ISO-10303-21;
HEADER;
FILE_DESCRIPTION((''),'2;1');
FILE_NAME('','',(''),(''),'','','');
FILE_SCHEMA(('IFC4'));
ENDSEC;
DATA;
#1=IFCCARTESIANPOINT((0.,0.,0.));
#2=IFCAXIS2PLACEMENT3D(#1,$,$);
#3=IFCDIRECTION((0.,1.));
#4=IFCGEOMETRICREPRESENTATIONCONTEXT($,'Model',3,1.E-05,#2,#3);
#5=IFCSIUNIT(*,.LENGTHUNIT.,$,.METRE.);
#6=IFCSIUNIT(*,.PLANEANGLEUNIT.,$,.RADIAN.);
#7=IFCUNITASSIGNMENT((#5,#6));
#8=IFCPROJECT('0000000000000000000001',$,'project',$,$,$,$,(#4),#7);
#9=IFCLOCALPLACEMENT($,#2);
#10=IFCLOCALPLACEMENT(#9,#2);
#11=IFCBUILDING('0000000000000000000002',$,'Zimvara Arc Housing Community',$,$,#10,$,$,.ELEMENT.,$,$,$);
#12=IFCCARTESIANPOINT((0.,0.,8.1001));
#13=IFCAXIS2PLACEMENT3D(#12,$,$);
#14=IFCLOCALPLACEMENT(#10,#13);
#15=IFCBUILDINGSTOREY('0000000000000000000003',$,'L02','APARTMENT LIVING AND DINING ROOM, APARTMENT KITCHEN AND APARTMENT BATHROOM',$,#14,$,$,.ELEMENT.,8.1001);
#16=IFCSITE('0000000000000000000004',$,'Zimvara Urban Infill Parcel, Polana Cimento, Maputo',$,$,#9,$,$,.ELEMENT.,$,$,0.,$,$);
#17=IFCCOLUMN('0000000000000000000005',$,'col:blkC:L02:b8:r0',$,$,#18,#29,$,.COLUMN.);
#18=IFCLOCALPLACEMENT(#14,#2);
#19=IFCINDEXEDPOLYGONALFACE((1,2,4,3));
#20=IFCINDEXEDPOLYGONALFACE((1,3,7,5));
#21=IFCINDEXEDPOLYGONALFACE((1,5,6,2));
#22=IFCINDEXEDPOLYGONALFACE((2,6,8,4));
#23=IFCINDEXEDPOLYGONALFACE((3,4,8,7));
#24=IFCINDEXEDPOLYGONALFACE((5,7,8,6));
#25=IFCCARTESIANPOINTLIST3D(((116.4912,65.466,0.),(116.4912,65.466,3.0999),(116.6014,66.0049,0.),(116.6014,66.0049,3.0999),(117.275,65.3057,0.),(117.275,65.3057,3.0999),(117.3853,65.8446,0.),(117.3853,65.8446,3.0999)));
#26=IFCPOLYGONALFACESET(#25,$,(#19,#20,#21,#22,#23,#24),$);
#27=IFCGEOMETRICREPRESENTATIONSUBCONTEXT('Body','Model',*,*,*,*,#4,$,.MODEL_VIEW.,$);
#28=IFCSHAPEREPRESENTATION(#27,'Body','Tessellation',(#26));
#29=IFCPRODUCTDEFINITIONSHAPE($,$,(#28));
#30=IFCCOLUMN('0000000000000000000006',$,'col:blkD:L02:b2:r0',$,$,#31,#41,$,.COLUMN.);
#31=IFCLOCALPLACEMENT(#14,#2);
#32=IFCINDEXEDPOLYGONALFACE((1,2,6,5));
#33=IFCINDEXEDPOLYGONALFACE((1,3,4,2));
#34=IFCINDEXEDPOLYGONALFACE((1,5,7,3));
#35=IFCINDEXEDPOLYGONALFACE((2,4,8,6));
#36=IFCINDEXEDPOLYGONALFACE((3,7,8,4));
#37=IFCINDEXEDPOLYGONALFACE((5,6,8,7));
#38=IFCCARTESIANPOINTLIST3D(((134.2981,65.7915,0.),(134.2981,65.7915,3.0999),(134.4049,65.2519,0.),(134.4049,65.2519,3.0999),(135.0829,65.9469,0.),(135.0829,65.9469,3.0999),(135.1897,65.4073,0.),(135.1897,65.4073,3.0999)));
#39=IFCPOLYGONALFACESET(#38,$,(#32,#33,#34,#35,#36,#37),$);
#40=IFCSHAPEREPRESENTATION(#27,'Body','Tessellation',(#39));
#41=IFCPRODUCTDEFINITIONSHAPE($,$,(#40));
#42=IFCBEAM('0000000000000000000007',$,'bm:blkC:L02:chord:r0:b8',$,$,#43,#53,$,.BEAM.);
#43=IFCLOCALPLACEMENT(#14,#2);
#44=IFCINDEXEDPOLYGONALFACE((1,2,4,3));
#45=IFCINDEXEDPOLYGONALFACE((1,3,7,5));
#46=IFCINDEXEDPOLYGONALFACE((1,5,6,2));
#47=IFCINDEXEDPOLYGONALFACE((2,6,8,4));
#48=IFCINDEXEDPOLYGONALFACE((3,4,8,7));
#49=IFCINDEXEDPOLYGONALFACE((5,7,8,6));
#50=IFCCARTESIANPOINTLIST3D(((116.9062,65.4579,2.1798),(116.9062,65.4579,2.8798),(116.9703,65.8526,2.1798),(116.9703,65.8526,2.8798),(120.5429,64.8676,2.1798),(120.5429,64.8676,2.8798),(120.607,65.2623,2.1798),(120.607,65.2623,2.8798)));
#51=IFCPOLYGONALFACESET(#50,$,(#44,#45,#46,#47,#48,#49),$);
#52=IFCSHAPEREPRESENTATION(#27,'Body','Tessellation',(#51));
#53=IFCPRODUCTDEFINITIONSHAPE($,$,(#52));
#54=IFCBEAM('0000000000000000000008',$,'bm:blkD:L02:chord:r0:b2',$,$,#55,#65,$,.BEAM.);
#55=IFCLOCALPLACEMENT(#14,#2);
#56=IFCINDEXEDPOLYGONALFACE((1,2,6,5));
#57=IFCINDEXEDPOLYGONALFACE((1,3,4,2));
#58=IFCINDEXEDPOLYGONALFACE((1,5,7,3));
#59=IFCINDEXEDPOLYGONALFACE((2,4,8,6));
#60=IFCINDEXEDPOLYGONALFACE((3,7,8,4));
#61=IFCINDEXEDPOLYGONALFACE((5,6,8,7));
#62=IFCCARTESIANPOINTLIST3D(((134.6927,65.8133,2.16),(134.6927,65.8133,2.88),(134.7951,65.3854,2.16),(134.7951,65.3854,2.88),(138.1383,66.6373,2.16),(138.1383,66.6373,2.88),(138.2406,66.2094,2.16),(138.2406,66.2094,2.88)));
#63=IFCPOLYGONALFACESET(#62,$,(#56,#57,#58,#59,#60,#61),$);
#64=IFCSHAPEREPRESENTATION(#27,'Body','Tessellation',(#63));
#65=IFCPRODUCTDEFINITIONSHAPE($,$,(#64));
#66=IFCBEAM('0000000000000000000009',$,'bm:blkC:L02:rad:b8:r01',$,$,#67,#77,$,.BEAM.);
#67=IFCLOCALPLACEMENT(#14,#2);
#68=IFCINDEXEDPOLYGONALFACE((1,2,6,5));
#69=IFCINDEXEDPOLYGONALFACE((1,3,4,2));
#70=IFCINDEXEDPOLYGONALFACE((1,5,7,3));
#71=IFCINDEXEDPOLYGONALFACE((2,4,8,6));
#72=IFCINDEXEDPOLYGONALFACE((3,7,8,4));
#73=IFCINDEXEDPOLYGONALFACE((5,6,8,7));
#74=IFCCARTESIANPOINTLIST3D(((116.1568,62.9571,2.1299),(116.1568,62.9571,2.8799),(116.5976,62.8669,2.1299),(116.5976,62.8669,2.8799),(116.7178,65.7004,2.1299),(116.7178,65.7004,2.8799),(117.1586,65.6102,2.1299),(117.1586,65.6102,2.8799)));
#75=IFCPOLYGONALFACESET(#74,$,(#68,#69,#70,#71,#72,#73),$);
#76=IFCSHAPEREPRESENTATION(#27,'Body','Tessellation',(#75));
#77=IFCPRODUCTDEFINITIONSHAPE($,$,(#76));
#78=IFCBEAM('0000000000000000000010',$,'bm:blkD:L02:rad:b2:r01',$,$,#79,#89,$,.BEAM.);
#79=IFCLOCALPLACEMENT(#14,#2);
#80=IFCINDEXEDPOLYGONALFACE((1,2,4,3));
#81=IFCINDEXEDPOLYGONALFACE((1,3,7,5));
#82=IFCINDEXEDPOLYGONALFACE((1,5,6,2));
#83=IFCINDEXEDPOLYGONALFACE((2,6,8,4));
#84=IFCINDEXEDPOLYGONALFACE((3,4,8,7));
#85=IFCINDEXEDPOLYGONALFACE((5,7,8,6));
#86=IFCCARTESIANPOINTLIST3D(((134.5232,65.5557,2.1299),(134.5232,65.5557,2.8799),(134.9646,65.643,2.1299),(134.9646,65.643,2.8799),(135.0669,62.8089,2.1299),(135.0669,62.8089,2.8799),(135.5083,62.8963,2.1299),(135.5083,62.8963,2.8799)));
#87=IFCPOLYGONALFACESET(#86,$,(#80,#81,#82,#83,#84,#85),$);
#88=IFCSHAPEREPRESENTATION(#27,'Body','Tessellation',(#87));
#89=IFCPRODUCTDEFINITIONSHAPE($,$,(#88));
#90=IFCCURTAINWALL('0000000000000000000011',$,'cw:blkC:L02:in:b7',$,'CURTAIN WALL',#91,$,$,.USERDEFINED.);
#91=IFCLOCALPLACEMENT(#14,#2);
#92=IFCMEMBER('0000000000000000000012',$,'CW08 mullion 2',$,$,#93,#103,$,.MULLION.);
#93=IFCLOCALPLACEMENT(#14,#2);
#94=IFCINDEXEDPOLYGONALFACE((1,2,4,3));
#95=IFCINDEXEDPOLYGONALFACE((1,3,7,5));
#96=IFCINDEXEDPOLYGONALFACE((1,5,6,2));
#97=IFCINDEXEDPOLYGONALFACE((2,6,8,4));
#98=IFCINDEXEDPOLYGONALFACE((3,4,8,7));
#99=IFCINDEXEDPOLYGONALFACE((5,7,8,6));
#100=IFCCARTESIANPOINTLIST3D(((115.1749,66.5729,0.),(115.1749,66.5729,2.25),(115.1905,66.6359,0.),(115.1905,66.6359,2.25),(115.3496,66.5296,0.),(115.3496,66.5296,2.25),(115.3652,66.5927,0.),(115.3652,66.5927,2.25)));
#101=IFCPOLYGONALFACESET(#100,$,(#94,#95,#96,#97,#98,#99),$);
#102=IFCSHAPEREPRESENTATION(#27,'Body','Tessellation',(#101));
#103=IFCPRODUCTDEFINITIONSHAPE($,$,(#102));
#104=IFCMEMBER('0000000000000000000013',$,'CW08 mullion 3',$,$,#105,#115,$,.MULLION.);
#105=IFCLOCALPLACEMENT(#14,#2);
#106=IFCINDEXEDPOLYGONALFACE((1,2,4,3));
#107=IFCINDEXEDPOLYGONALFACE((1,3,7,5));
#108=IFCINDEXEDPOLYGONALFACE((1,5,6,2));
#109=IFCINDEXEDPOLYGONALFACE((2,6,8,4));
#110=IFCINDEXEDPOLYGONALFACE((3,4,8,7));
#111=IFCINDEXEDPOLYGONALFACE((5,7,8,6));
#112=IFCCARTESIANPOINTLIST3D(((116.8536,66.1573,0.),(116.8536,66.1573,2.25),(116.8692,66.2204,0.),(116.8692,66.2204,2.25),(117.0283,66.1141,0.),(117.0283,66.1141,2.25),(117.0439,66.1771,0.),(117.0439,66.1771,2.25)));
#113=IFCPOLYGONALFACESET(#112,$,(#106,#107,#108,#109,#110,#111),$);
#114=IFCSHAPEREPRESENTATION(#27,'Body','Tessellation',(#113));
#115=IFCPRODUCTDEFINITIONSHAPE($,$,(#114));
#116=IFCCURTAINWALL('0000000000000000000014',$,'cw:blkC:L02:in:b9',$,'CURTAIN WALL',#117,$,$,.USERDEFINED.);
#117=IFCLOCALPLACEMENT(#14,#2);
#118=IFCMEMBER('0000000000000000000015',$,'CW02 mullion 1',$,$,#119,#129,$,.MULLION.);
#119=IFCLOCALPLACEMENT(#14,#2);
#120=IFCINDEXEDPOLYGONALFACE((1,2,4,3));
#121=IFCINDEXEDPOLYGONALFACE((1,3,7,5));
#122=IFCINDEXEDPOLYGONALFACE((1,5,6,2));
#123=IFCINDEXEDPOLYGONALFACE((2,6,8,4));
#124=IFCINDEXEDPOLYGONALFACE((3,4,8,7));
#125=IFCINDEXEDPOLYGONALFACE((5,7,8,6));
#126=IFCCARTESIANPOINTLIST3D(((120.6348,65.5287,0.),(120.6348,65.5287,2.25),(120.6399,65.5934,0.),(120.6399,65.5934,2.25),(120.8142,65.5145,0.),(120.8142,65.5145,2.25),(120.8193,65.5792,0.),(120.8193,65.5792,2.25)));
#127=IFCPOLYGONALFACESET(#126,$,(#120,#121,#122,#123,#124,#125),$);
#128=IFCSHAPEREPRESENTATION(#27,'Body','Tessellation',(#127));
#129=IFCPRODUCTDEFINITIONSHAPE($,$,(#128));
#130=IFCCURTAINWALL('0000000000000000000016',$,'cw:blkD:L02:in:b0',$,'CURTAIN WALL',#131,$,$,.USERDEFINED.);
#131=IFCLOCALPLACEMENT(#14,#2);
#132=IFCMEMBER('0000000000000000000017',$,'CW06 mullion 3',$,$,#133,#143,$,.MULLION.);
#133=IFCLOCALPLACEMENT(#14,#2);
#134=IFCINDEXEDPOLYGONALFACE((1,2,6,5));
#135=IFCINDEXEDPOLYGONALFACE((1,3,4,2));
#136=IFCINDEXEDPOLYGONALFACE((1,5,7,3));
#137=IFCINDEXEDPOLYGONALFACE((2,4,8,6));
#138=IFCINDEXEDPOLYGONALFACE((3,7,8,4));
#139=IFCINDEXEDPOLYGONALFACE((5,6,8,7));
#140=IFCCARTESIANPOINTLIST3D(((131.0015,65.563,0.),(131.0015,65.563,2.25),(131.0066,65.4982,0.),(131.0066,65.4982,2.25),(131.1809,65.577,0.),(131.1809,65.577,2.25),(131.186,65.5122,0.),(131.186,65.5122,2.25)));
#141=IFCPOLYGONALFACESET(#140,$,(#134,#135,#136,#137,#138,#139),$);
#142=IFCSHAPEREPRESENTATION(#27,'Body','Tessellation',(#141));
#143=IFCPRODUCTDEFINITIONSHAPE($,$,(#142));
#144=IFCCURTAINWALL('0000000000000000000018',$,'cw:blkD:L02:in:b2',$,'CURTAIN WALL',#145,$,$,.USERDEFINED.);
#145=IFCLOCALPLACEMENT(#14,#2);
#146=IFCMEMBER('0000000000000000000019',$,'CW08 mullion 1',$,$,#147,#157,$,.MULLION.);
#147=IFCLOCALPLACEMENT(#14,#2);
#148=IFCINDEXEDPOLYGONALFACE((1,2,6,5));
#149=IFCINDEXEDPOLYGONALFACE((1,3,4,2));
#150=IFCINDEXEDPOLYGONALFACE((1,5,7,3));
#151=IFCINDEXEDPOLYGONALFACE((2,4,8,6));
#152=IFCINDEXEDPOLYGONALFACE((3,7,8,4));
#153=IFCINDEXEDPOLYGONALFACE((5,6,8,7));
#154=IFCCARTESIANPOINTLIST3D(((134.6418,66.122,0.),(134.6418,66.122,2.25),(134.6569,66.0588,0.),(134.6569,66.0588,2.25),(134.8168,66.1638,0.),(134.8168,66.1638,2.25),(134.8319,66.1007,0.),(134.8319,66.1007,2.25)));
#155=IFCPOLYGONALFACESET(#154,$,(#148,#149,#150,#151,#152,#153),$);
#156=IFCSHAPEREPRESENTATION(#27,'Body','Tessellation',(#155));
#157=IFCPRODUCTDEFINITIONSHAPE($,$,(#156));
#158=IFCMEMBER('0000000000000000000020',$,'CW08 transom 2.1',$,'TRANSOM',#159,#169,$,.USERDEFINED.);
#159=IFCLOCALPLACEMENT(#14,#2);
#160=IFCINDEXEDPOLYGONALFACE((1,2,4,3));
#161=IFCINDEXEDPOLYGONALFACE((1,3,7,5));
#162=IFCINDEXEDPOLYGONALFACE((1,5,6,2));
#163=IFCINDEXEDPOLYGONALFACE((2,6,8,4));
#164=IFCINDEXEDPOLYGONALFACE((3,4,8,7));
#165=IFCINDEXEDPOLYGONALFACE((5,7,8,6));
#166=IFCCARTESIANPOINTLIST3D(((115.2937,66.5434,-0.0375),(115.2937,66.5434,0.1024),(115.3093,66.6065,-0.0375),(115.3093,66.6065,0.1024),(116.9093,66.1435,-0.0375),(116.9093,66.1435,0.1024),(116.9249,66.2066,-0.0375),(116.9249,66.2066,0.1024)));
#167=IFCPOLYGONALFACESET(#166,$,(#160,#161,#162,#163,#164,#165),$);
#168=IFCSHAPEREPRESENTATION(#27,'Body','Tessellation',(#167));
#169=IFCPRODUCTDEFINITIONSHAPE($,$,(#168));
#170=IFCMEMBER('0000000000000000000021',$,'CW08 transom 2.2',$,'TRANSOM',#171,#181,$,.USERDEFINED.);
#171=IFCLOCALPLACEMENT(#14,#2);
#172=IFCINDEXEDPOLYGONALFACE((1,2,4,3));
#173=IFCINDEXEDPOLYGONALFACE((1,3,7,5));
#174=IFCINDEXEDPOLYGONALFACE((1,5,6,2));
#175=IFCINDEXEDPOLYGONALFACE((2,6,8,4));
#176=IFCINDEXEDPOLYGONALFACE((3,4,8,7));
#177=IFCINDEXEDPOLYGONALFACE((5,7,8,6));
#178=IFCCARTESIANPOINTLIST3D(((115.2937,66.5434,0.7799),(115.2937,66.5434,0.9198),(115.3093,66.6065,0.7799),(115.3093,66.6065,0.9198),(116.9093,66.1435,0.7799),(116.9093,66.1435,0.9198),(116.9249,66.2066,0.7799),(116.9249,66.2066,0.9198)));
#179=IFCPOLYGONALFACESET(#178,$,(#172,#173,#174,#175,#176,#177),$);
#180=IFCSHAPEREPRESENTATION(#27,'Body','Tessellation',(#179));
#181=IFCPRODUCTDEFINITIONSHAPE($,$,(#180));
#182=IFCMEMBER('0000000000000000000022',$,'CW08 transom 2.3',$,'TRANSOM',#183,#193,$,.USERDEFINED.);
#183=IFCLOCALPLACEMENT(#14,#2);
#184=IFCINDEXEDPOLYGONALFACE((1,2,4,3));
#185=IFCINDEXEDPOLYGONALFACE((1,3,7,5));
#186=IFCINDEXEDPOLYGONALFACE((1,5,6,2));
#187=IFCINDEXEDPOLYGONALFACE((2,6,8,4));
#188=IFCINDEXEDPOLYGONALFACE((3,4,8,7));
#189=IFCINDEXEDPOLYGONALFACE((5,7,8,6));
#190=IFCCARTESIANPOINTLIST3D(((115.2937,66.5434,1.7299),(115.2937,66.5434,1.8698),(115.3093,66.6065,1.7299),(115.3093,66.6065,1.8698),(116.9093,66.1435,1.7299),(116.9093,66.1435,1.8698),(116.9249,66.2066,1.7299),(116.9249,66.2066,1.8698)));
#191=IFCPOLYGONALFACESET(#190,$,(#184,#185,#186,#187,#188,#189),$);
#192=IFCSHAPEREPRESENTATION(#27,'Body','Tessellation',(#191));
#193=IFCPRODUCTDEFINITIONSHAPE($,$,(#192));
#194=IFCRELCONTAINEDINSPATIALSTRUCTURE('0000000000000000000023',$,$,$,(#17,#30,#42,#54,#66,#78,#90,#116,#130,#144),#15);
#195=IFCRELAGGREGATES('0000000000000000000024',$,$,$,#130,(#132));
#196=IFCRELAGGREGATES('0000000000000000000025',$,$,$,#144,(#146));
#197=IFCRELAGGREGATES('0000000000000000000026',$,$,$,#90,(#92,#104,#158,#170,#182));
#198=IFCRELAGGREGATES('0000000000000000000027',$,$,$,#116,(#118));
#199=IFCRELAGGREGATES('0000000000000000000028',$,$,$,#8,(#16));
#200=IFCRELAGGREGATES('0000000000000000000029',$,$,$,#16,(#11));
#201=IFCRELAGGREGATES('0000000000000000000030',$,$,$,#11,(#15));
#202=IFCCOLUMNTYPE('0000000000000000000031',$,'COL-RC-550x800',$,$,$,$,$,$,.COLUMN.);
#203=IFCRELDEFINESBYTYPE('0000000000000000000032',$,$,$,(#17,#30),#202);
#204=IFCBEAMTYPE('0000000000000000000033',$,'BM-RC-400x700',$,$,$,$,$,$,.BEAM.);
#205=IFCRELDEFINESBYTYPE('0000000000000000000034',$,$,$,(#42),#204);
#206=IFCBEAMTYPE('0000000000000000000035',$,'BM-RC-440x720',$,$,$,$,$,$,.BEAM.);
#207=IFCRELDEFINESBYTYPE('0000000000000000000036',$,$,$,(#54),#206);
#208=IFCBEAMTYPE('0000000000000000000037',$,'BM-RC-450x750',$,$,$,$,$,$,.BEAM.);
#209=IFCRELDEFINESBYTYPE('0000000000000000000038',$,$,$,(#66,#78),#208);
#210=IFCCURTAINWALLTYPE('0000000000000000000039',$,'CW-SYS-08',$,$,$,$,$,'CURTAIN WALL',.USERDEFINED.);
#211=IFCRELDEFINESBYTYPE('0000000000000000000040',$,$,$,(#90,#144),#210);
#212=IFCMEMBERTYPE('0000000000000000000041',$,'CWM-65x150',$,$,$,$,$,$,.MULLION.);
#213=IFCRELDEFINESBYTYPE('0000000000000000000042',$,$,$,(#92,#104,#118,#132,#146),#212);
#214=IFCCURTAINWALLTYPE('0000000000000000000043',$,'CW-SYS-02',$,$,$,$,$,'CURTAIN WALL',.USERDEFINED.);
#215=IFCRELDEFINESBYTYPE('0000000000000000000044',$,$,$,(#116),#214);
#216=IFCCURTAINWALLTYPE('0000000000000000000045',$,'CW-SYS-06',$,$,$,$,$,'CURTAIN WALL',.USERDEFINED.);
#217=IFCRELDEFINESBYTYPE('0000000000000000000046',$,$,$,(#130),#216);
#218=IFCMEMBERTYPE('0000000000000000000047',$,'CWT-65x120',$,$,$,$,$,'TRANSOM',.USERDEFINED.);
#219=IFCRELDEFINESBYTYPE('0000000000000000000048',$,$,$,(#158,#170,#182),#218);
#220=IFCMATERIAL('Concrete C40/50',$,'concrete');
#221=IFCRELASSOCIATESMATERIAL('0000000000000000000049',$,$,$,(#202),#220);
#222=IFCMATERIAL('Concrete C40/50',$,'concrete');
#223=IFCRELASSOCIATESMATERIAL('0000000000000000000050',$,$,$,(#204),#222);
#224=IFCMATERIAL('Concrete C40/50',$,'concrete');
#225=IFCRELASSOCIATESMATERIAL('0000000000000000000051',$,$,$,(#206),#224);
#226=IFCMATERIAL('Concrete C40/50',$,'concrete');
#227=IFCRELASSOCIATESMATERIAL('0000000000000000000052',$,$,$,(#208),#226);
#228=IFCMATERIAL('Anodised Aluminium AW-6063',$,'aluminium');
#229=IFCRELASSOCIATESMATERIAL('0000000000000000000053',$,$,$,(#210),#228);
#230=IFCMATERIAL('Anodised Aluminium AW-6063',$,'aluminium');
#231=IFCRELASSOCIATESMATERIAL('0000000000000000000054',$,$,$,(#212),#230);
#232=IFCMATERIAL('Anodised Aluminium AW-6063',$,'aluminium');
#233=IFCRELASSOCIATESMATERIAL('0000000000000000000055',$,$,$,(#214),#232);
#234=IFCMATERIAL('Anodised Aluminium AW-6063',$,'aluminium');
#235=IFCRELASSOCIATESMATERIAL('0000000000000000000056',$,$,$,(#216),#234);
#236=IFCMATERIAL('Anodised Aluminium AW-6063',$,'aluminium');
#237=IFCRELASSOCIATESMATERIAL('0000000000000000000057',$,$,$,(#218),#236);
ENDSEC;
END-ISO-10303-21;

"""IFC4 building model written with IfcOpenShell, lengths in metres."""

from ifc_helpers import new_model, si_unit, direction, frame, origin, origin_2d, place, context, subcontext, project, spatial, rectangle, extrude, material, material_profile, profile_set, type_object, element, aggregate, save


model = new_model("IFC4")

# Units and contexts
model_context = context("Model", 3, precision=1e-05, world=origin(), true_north=direction((0.0, 1.0)))
body_context = subcontext(model_context, "Body", "Model", "MODEL_VIEW")
ifc_project = project(units=[si_unit("LENGTHUNIT", "METRE"), si_unit("PLANEANGLEUNIT", "RADIAN")], contexts=[model_context])

# Site, building, storey
site_placement = place(None, origin())
site = spatial("IfcSite", under=ifc_project, at=site_placement, Name="Zimvara Urban Infill Parcel, Polana Cimento, Maputo", CompositionType="ELEMENT", RefElevation=0.0)
building_placement = place(site_placement, origin())
building = spatial("IfcBuilding", under=site, at=building_placement, Name="Zimvara Arc Housing Community", CompositionType="ELEMENT")
storey_placement = place(building_placement, frame((0.0, 0.0, 8.1001)))
storey = spatial("IfcBuildingStorey", under=building, at=storey_placement, Name="L02", Description="APARTMENT LIVING AND DINING ROOM, APARTMENT KITCHEN AND APARTMENT BATHROOM", CompositionType="ELEMENT", Elevation=8.1001)

# Columns
ifc_material_1 = material(Name="Concrete C40/50", Category="concrete")
ifc_material_profile_1 = material_profile(ifc_material_1, rectangle(XDim=0.55, YDim=0.8, at=origin_2d()), Name="RC 550x800")
ifc_profile_set_1 = profile_set([ifc_material_profile_1], Name="Concrete C40/50")
column_type = type_object("IfcColumnType", Name="COL-RC-550x800", PredefinedType="COLUMN", material=ifc_profile_set_1)
for number, where, z_axis, x_axis, name in (
    (1, (116.9382, 65.6553, 0.0), (0.0, 0.0, 1.0), (-0.200394, -0.979715, 0.0), "col:blkC:L02:b8:r0"),
    (2, (134.7439, 65.5994, 0.0), (0.0, 0.0, 1.0), (0.194234, -0.980955, 0.0), "col:blkD:L02:b2:r0"),
):
    element("IfcColumn", number, at=place(storey_placement, frame(where, z_axis=z_axis, x_axis=x_axis)), inside=storey, type_object=column_type, Name=name, PredefinedType="COLUMN", context=body_context, shape_type="SweptSolid", body=[
        extrude(rectangle(XDim=0.55, YDim=0.8, at=origin_2d()), origin(), (0.0, 0.0, 1.0), 3.0999),
    ])

# Beams
ifc_material_2 = material(Name="Concrete C40/50", Category="concrete")
ifc_material_profile_2 = material_profile(ifc_material_2, rectangle(XDim=0.3999, YDim=0.7, at=origin_2d()), Name="RC 400x700")
ifc_profile_set_2 = profile_set([ifc_material_profile_2], Name="Concrete C40/50")
beam_type_1 = type_object("IfcBeamType", Name="BM-RC-400x700", PredefinedType="BEAM", material=ifc_profile_set_2)
beam_1_placement = place(storey_placement, frame((116.9382, 65.6553, 2.5298), z_axis=(0.98708, -0.160228, 0.0), x_axis=(0.160228, 0.98708, 0.0)))
element("IfcBeam", 3, at=beam_1_placement, inside=storey, type_object=beam_type_1, Name="bm:blkC:L02:chord:r0:b8", PredefinedType="BEAM", context=body_context, shape_type="SweptSolid", body=[
    extrude(rectangle(XDim=0.3999, YDim=0.7, at=origin_2d()), origin(), (0.0, 0.0, 1.0), 3.6843),
])
ifc_material_3 = material(Name="Concrete C40/50", Category="concrete")
ifc_material_profile_3 = material_profile(ifc_material_3, rectangle(XDim=0.4399, YDim=0.72, at=origin_2d()), Name="RC 440x720")
ifc_profile_set_3 = profile_set([ifc_material_profile_3], Name="Concrete C40/50")
beam_type_2 = type_object("IfcBeamType", Name="BM-RC-440x720", PredefinedType="BEAM", material=ifc_profile_set_3)
beam_2_placement = place(storey_placement, frame((134.7439, 65.5994, 2.52), z_axis=(0.972577, 0.232583, 0.0), x_axis=(-0.232583, 0.972577, 0.0)))
element("IfcBeam", 4, at=beam_2_placement, inside=storey, type_object=beam_type_2, Name="bm:blkD:L02:chord:r0:b2", PredefinedType="BEAM", context=body_context, shape_type="SweptSolid", body=[
    extrude(rectangle(XDim=0.4399, YDim=0.72, at=origin_2d()), origin(), (0.0, 0.0, 1.0), 3.5427),
])
ifc_material_4 = material(Name="Concrete C40/50", Category="concrete")
ifc_material_profile_4 = material_profile(ifc_material_4, rectangle(XDim=0.45, YDim=0.75, at=origin_2d()), Name="RC 450x750")
ifc_profile_set_4 = profile_set([ifc_material_profile_4], Name="Concrete C40/50")
beam_type_3 = type_object("IfcBeamType", Name="BM-RC-450x750", PredefinedType="BEAM", material=ifc_profile_set_4)
for number, where, z_axis, x_axis, name in (
    (5, (116.9382, 65.6553, 2.5049), (-0.200373, -0.97972, 0.0), (0.97972, -0.200373, 0.0), "bm:blkC:L02:rad:b8:r01"),
    (6, (134.7439, 65.5994, 2.5049), (0.194171, -0.980968, 0.0), (0.980968, 0.194171, 0.0), "bm:blkD:L02:rad:b2:r01"),
):
    element("IfcBeam", number, at=place(storey_placement, frame(where, z_axis=z_axis, x_axis=x_axis)), inside=storey, type_object=beam_type_3, Name=name, PredefinedType="BEAM", context=body_context, shape_type="SweptSolid", body=[
        extrude(rectangle(XDim=0.45, YDim=0.75, at=origin_2d()), origin(), (0.0, 0.0, 1.0), 2.8),
    ])

# Curtain wall, members
ifc_material_5 = material(Name="Anodised Aluminium AW-6063", Category="aluminium")
curtain_wall_type_1 = type_object("IfcCurtainWallType", Name="CW-SYS-08", ElementType="CURTAIN WALL", PredefinedType="USERDEFINED", material=ifc_material_5)
curtain_wall_1_placement = place(storey_placement, origin())
curtain_wall_1 = element("IfcCurtainWall", 7, at=curtain_wall_1_placement, inside=storey, type_object=curtain_wall_type_1, Name="cw:blkC:L02:in:b7", ObjectType="CURTAIN WALL", PredefinedType="USERDEFINED")
ifc_material_6 = material(Name="Anodised Aluminium AW-6063", Category="aluminium")
ifc_material_profile_5 = material_profile(ifc_material_6, rectangle(XDim=0.0649, YDim=0.1799, at=origin_2d()), Name="ALU 65x180")
ifc_profile_set_5 = profile_set([ifc_material_profile_5], Name="Anodised Aluminium AW-6063")
member_type_1 = type_object("IfcMemberType", Name="CWM-65x150", PredefinedType="MULLION", material=ifc_profile_set_5)
member_1_placement = place(storey_placement, frame((115.27, 66.5828, 0.0), z_axis=(0.0, 0.0, 1.0), x_axis=(0.240228, 0.970717, 0.0)))
member_1 = element("IfcMember", 8, at=member_1_placement, type_object=member_type_1, Name="CW08 mullion 2", PredefinedType="MULLION", context=body_context, shape_type="SweptSolid", body=[
    extrude(rectangle(XDim=0.0649, YDim=0.1799, at=origin_2d()), origin(), (0.0, 0.0, 1.0), 2.25),
])
member_2_placement = place(storey_placement, frame((116.9487, 66.1672, 0.0), z_axis=(0.0, 0.0, 1.0), x_axis=(0.240228, 0.970717, 0.0)))
member_2 = element("IfcMember", 9, at=member_2_placement, type_object=member_type_1, Name="CW08 mullion 3", PredefinedType="MULLION", context=body_context, shape_type="SweptSolid", body=[
    extrude(rectangle(XDim=0.0649, YDim=0.1799, at=origin_2d()), origin(), (0.0, 0.0, 1.0), 2.25),
])

# Curtain walls, members
ifc_material_7 = material(Name="Anodised Aluminium AW-6063", Category="aluminium")
curtain_wall_type_2 = type_object("IfcCurtainWallType", Name="CW-SYS-02", ElementType="CURTAIN WALL", PredefinedType="USERDEFINED", material=ifc_material_7)
curtain_wall_2_placement = place(storey_placement, origin())
curtain_wall_2 = element("IfcCurtainWall", 10, at=curtain_wall_2_placement, inside=storey, type_object=curtain_wall_type_2, Name="cw:blkC:L02:in:b9", ObjectType="CURTAIN WALL", PredefinedType="USERDEFINED")
member_3_placement = place(storey_placement, frame((120.7271, 65.554, 0.0), z_axis=(0.0, 0.0, 1.0), x_axis=(0.079155, 0.996862, 0.0)))
member_3 = element("IfcMember", 11, at=member_3_placement, type_object=member_type_1, Name="CW02 mullion 1", PredefinedType="MULLION", context=body_context, shape_type="SweptSolid", body=[
    extrude(rectangle(XDim=0.0649, YDim=0.1799, at=origin_2d()), origin(), (0.0, 0.0, 1.0), 2.25),
])
ifc_material_8 = material(Name="Anodised Aluminium AW-6063", Category="aluminium")
curtain_wall_type_3 = type_object("IfcCurtainWallType", Name="CW-SYS-06", ElementType="CURTAIN WALL", PredefinedType="USERDEFINED", material=ifc_material_8)
curtain_wall_3_placement = place(storey_placement, origin())
curtain_wall_3 = element("IfcCurtainWall", 12, at=curtain_wall_3_placement, inside=storey, type_object=curtain_wall_type_3, Name="cw:blkD:L02:in:b0", ObjectType="CURTAIN WALL", PredefinedType="USERDEFINED")
member_4_placement = place(storey_placement, frame((131.0938, 65.5376, 0.0), z_axis=(0.0, 0.0, 1.0), x_axis=(-0.07759, 0.996985, 0.0)))
member_4 = element("IfcMember", 13, at=member_4_placement, type_object=member_type_1, Name="CW06 mullion 3", PredefinedType="MULLION", context=body_context, shape_type="SweptSolid", body=[
    extrude(rectangle(XDim=0.0649, YDim=0.1799, at=origin_2d()), origin(), (0.0, 0.0, 1.0), 2.25),
])
aggregate(curtain_wall_3, [member_4])
curtain_wall_4_placement = place(storey_placement, origin())
curtain_wall_4 = element("IfcCurtainWall", 14, at=curtain_wall_4_placement, inside=storey, type_object=curtain_wall_type_1, Name="cw:blkD:L02:in:b2", ObjectType="CURTAIN WALL", PredefinedType="USERDEFINED")
member_5_placement = place(storey_placement, frame((134.7368, 66.1113, 0.0), z_axis=(0.0, 0.0, 1.0), x_axis=(-0.232596, 0.972573, 0.0)))
member_5 = element("IfcMember", 15, at=member_5_placement, type_object=member_type_1, Name="CW08 mullion 1", PredefinedType="MULLION", context=body_context, shape_type="SweptSolid", body=[
    extrude(rectangle(XDim=0.0649, YDim=0.1799, at=origin_2d()), origin(), (0.0, 0.0, 1.0), 2.25),
])
aggregate(curtain_wall_4, [member_5])

# Members
ifc_material_9 = material(Name="Anodised Aluminium AW-6063", Category="aluminium")
ifc_material_profile_6 = material_profile(ifc_material_9, rectangle(XDim=0.0649, YDim=0.1399, at=origin_2d()), Name="ALU 65x140")
ifc_profile_set_6 = profile_set([ifc_material_profile_6], Name="Anodised Aluminium AW-6063")
member_type_2 = type_object("IfcMemberType", Name="CWT-65x120", ElementType="TRANSOM", PredefinedType="USERDEFINED", material=ifc_profile_set_6)
member_6_placement = place(storey_placement, frame((115.3015, 66.575, 0.0325), z_axis=(0.970701, -0.240291, 0.0), x_axis=(0.240291, 0.970701, 0.0)))
member_6 = element("IfcMember", 16, at=member_6_placement, type_object=member_type_2, Name="CW08 transom 2.1", ObjectType="TRANSOM", PredefinedType="USERDEFINED", context=body_context, shape_type="SweptSolid", body=[
    extrude(rectangle(XDim=0.0649, YDim=0.1399, at=origin_2d()), origin(), (0.0, 0.0, 1.0), 1.6643),
])
member_7_placement = place(storey_placement, frame((115.3015, 66.575, 0.8499), z_axis=(0.970701, -0.240291, 0.0), x_axis=(0.240291, 0.970701, 0.0)))
member_7 = element("IfcMember", 17, at=member_7_placement, type_object=member_type_2, Name="CW08 transom 2.2", ObjectType="TRANSOM", PredefinedType="USERDEFINED", context=body_context, shape_type="SweptSolid", body=[
    extrude(rectangle(XDim=0.0649, YDim=0.1399, at=origin_2d()), origin(), (0.0, 0.0, 1.0), 1.6643),
])
member_8_placement = place(storey_placement, frame((115.3015, 66.575, 1.7998), z_axis=(0.970701, -0.240291, 0.0), x_axis=(0.240291, 0.970701, 0.0)))
member_8 = element("IfcMember", 18, at=member_8_placement, type_object=member_type_2, Name="CW08 transom 2.3", ObjectType="TRANSOM", PredefinedType="USERDEFINED", context=body_context, shape_type="SweptSolid", body=[
    extrude(rectangle(XDim=0.0649, YDim=0.1399, at=origin_2d()), origin(), (0.0, 0.0, 1.0), 1.6643),
])

aggregate(curtain_wall_1, [member_1, member_2, member_6, member_7, member_8])
aggregate(curtain_wall_2, [member_3])

save(model, "model.ifc")
